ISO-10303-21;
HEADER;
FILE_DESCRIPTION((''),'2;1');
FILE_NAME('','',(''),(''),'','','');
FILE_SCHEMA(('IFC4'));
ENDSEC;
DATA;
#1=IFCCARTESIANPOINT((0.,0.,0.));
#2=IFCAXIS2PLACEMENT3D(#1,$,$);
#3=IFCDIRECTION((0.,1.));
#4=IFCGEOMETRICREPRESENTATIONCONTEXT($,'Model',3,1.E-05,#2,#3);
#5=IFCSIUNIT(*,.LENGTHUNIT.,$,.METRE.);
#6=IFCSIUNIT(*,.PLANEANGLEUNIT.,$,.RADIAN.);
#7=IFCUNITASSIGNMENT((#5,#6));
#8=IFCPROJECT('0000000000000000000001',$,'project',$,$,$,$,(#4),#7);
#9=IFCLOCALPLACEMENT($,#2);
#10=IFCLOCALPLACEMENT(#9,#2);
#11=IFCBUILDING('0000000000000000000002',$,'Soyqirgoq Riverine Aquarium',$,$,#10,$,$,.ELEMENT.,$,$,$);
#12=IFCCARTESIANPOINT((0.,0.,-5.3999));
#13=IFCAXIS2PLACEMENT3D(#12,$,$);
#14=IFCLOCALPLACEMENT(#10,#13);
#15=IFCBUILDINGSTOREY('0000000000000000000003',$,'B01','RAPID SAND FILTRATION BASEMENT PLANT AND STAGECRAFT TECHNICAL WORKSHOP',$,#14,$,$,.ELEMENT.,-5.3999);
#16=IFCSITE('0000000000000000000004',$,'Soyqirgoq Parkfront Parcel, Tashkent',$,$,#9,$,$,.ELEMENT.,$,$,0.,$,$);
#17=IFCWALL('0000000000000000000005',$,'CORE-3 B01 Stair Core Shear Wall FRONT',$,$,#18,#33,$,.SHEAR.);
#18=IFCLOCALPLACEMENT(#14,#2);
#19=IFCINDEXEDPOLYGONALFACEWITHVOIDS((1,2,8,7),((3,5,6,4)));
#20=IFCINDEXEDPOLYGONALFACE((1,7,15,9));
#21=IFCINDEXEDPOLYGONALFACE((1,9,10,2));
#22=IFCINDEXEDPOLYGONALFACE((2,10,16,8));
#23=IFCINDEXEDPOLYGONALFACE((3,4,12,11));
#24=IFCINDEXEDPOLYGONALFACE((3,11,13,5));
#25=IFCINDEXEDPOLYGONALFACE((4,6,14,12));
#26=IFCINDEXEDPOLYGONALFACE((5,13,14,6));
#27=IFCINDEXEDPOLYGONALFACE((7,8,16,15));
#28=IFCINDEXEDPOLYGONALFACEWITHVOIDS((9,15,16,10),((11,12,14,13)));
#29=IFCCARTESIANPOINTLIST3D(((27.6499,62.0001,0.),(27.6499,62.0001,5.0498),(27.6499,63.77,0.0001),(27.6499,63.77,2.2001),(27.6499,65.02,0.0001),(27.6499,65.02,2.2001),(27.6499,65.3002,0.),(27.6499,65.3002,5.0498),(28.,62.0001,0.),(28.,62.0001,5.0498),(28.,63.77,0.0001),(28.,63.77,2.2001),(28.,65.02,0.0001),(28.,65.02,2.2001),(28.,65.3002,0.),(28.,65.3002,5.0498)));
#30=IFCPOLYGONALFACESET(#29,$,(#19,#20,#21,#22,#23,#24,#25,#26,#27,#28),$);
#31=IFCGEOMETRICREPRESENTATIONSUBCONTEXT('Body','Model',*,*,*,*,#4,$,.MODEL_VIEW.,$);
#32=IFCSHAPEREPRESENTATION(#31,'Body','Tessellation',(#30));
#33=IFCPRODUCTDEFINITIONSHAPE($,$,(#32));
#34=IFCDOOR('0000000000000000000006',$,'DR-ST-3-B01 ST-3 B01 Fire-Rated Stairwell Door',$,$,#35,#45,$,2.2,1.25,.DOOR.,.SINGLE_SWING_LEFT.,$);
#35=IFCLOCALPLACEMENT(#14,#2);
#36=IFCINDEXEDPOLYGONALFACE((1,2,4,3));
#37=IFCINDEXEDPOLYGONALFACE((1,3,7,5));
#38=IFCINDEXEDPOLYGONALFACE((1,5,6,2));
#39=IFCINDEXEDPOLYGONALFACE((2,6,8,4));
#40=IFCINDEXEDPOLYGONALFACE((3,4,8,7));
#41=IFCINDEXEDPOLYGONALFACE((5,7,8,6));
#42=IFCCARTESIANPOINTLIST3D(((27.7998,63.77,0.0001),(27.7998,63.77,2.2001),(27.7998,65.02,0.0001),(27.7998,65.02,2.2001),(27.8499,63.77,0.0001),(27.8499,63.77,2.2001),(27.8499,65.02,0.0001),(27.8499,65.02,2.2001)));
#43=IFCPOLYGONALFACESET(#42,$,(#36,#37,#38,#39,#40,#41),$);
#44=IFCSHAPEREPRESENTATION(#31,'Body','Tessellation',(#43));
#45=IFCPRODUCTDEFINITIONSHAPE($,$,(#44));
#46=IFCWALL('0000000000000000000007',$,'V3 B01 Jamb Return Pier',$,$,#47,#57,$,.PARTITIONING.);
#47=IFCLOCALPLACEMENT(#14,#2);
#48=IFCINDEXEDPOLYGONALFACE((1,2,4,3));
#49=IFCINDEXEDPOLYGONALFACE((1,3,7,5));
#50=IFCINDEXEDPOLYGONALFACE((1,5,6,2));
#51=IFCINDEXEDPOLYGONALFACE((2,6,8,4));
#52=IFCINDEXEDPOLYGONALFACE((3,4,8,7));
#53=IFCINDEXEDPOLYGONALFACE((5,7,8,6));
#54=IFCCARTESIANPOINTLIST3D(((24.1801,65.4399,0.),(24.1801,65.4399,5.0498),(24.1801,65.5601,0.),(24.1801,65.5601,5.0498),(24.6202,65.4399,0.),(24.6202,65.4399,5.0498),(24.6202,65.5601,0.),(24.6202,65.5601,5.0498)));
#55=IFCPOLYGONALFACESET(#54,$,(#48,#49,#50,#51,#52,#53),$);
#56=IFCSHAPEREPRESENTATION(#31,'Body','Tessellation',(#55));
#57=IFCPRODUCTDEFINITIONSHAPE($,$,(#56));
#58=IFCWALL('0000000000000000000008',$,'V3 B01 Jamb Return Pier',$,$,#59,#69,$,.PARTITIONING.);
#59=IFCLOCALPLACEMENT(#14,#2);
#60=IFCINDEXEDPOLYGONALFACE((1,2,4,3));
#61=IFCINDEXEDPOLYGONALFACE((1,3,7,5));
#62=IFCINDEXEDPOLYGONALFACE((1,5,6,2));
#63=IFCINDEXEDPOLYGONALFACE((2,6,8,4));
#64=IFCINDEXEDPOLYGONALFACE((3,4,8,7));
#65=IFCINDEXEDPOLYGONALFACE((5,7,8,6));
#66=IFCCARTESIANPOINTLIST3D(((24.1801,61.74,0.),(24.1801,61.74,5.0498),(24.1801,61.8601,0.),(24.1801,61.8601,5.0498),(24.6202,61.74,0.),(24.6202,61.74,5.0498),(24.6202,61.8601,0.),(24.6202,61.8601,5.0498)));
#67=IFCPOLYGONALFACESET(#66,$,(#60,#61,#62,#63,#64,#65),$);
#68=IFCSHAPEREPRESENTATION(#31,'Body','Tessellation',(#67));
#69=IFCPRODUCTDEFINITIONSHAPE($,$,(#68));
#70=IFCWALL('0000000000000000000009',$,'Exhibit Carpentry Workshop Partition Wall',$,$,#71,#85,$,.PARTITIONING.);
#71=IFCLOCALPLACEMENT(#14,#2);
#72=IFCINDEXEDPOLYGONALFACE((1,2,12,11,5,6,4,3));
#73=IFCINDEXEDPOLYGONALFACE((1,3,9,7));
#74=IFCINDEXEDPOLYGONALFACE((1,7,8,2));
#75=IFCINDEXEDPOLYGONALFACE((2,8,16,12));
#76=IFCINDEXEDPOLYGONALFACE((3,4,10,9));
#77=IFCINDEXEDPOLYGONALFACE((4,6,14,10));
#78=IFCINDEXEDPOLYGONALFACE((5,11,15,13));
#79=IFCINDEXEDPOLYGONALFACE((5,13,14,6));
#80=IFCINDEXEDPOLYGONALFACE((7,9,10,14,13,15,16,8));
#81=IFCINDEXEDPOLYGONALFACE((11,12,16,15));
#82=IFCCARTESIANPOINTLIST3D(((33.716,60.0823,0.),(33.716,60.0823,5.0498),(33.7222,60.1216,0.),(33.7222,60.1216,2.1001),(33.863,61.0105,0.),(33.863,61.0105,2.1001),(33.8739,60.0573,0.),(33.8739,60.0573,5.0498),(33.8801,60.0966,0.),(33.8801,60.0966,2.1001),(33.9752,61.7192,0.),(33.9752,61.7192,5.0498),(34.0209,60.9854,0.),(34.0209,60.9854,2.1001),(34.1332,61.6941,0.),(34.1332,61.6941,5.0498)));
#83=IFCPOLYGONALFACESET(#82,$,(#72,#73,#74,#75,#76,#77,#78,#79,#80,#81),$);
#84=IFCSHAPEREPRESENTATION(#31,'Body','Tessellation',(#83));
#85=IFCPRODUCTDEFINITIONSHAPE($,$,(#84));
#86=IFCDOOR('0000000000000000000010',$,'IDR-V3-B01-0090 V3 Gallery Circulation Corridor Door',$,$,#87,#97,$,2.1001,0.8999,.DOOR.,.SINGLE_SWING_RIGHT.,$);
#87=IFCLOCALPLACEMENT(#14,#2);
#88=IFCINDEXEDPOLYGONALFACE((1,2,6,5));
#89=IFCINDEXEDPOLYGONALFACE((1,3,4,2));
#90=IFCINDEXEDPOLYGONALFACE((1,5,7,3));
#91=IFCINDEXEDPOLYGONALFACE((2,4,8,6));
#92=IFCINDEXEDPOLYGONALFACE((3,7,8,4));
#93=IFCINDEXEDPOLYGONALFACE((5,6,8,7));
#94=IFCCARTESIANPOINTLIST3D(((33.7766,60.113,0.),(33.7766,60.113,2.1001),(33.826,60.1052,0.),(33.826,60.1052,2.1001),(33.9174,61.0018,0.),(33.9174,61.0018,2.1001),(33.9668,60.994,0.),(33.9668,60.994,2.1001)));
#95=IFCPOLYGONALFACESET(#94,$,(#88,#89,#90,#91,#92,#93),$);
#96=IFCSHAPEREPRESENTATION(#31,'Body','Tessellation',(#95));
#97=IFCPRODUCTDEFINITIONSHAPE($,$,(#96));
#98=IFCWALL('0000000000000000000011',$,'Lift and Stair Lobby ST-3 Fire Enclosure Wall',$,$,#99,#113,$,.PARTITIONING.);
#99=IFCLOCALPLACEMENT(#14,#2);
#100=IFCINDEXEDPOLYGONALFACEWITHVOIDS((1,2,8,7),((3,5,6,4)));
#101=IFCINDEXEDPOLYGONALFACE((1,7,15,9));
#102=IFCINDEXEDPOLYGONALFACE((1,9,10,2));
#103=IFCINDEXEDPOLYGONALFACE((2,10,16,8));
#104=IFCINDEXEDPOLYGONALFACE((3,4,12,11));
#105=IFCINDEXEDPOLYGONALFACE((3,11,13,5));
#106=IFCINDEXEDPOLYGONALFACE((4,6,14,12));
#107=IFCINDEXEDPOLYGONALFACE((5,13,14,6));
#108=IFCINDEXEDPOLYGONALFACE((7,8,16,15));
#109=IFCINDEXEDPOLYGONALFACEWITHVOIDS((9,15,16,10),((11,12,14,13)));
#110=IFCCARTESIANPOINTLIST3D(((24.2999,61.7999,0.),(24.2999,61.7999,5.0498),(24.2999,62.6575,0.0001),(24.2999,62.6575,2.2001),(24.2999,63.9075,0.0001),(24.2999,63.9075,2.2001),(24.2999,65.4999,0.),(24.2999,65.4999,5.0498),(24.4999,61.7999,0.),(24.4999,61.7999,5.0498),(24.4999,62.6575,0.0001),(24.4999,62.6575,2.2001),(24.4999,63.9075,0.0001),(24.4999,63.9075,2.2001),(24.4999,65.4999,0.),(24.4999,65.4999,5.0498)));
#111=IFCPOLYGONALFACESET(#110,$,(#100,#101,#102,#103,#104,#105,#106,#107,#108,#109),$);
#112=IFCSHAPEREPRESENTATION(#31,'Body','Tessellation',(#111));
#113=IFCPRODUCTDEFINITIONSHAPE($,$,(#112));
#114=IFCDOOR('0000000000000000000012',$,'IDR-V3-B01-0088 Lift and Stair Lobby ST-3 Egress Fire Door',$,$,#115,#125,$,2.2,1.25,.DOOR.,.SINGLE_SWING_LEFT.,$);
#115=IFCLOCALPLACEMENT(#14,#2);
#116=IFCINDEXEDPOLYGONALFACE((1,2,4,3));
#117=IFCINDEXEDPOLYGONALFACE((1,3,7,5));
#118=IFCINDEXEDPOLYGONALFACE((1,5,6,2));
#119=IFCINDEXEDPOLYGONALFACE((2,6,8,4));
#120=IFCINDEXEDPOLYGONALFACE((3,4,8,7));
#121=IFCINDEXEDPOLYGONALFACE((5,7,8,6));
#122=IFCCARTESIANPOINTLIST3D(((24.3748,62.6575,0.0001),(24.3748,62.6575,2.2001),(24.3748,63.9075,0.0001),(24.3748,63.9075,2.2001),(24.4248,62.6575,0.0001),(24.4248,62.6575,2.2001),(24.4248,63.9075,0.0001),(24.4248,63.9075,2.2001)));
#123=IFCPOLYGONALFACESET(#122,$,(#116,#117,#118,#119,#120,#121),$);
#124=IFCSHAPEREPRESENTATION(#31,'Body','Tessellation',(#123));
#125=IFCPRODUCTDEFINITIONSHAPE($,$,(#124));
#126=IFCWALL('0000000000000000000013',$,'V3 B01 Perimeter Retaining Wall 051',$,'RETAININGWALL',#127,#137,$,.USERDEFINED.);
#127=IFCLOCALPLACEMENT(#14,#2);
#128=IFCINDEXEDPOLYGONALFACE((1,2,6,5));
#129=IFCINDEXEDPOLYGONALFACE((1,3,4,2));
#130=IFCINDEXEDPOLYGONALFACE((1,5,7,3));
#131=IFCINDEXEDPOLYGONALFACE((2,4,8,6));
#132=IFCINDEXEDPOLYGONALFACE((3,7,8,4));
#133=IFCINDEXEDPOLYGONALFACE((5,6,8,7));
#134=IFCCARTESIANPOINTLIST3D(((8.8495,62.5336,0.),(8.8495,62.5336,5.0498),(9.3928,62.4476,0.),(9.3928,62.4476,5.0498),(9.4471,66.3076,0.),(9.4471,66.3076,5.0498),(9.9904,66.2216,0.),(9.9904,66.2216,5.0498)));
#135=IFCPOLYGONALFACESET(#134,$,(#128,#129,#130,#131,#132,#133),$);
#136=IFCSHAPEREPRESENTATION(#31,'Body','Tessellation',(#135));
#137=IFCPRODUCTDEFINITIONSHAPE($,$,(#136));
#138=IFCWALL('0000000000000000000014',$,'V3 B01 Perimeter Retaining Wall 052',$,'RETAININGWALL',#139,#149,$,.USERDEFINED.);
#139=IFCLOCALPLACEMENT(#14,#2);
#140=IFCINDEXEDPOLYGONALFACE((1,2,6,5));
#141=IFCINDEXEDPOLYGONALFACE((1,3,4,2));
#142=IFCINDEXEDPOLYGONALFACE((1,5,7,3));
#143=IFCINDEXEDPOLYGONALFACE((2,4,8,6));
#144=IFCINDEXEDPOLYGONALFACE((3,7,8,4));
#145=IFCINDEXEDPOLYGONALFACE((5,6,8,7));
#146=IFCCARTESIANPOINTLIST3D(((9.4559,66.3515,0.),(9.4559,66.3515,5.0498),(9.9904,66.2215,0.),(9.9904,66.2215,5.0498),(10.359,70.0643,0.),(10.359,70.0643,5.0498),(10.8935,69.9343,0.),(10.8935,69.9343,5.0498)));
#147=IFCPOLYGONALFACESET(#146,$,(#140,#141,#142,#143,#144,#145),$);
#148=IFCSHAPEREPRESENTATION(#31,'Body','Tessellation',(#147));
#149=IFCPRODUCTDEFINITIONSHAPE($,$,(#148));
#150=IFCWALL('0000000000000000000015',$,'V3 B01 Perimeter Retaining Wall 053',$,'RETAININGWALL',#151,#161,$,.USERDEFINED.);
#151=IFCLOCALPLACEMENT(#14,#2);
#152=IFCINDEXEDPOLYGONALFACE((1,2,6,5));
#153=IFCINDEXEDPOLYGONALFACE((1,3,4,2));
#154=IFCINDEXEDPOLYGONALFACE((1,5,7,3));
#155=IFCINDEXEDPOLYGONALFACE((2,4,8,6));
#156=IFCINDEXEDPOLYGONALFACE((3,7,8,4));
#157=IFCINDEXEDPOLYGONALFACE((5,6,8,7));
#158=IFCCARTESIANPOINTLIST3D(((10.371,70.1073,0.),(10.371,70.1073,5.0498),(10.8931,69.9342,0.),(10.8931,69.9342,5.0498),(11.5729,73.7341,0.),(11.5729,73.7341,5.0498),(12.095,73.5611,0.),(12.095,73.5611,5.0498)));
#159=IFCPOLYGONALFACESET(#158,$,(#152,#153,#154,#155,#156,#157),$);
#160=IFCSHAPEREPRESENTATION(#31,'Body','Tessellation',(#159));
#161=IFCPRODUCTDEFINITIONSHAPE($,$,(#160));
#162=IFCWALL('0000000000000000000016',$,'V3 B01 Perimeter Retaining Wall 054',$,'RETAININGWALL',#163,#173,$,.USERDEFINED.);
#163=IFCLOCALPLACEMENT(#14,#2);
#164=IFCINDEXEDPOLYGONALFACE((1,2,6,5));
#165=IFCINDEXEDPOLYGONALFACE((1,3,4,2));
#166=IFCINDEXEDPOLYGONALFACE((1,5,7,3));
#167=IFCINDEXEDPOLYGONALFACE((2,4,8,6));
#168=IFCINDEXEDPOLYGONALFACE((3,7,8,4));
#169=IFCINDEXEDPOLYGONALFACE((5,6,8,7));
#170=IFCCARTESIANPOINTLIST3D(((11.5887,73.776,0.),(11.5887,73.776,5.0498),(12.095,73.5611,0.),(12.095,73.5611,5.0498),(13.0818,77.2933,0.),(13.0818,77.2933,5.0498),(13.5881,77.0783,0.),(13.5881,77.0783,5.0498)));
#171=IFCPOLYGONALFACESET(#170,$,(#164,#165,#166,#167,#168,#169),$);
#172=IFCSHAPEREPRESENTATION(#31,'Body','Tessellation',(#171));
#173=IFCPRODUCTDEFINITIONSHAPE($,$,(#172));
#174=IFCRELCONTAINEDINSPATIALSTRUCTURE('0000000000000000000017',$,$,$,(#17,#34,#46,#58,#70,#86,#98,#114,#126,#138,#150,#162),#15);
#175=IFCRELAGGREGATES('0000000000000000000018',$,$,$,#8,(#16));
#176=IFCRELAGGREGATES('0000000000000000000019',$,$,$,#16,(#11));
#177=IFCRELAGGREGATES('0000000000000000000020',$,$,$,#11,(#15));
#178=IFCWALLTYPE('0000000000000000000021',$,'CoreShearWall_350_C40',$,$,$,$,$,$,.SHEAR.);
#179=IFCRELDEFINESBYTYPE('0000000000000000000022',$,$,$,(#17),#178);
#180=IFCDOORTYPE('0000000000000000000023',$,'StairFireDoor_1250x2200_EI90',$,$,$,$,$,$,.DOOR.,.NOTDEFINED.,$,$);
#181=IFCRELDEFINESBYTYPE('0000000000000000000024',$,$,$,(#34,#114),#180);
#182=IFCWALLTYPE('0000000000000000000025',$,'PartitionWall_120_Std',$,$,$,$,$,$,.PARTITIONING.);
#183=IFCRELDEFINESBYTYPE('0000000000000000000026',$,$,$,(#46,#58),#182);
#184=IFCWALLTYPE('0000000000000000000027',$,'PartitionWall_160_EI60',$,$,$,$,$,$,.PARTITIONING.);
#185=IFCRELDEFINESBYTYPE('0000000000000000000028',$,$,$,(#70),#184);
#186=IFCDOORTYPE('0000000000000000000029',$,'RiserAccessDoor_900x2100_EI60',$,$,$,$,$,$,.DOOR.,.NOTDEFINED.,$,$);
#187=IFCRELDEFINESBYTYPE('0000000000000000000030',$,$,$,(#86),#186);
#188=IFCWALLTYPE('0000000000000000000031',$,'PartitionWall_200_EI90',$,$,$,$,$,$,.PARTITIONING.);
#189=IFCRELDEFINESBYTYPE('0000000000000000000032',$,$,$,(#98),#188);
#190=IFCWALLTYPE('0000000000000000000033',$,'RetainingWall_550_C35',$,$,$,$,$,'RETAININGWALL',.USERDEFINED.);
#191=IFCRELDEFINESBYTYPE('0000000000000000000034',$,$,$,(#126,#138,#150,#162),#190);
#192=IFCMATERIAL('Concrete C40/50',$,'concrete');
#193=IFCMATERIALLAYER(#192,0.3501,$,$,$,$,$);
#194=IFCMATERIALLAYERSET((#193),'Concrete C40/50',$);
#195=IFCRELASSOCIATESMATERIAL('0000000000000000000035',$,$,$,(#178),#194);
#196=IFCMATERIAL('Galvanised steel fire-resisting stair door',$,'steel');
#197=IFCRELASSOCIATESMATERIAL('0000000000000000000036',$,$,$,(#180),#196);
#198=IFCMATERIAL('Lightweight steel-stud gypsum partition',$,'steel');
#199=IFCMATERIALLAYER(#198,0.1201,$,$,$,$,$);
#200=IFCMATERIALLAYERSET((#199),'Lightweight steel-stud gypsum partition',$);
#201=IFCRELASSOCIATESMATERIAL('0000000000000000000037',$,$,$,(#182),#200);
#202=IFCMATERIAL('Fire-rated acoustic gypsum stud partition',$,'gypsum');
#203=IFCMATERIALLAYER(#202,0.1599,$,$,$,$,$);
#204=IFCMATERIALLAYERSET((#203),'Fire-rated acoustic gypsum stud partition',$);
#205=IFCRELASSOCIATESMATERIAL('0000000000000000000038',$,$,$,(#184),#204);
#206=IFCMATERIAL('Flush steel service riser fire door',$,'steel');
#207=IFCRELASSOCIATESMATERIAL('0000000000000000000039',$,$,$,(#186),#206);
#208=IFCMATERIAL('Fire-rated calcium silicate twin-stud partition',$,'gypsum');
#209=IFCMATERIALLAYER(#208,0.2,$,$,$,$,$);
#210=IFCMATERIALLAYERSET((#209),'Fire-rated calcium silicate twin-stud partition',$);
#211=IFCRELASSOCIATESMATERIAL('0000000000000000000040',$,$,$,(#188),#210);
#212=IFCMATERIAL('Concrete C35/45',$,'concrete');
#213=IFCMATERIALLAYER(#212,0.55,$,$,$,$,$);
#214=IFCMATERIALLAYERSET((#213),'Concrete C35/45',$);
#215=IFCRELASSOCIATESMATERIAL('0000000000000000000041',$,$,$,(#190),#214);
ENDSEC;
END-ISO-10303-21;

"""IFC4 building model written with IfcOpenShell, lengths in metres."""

from ifc_helpers import new_model, si_unit, direction, frame, frame_2d, origin, place, context, subcontext, project, spatial, rectangle, extrude, material, layer, layer_set, type_object, element, fill, save


model = new_model("IFC4")

# Units and contexts
model_context = context("Model", 3, precision=1e-05, world=origin(), true_north=direction((0.0, 1.0)))
body_context = subcontext(model_context, "Body", "Model", "MODEL_VIEW")
ifc_project = project(units=[si_unit("LENGTHUNIT", "METRE"), si_unit("PLANEANGLEUNIT", "RADIAN")], contexts=[model_context])

# Site, building, storey
site_placement = place(None, origin())
site = spatial("IfcSite", under=ifc_project, at=site_placement, Name="Soyqirgoq Parkfront Parcel, Tashkent", CompositionType="ELEMENT", RefElevation=0.0)
building_placement = place(site_placement, origin())
building = spatial("IfcBuilding", under=site, at=building_placement, Name="Soyqirgoq Riverine Aquarium", CompositionType="ELEMENT")
storey_placement = place(building_placement, frame((0.0, 0.0, -5.3999)))
storey = spatial("IfcBuildingStorey", under=building, at=storey_placement, Name="B01", Description="RAPID SAND FILTRATION BASEMENT PLANT AND STAGECRAFT TECHNICAL WORKSHOP", CompositionType="ELEMENT", Elevation=-5.3999)

# Shared definitions
ifc_material_1 = material(Name="Concrete C40/50", Category="concrete")
ifc_layer_1 = layer(ifc_material_1, 0.3501)
ifc_layer_set_1 = layer_set([ifc_layer_1], Name="Concrete C40/50")
wall_type_1 = type_object("IfcWallType", Name="CoreShearWall_350_C40", PredefinedType="SHEAR", material=ifc_layer_set_1)

# Wall, opening, door
wall_1_placement = place(storey_placement, frame((27.825, 65.3, 0.0), z_axis=(0.0, 0.0, 1.0), x_axis=(0.0, -1.0, 0.0)))
wall_1 = element("IfcWall", 1, at=wall_1_placement, inside=storey, type_object=wall_type_1, Name="CORE-3 B01 Stair Core Shear Wall FRONT", PredefinedType="SHEAR", context=body_context, shape_type="SweptSolid", body=[
    extrude(rectangle(XDim=3.3, YDim=0.3501, at=frame_2d((1.6499, 0.0))), origin(), (0.0, 0.0, 1.0), 5.0498),
])
opening_1_placement = place(wall_1_placement, frame((0.28, 0.0, 0.0)))
opening_1 = element("IfcOpeningElement", 2, at=opening_1_placement, cuts=wall_1, PredefinedType="OPENING", context=body_context, shape_type="SweptSolid", body=[
    extrude(rectangle(XDim=1.25, YDim=2.2, at=frame_2d((0.625, 1.1001))), frame((0.0, 0.1851, 0.0), z_axis=(0.0, -1.0, 0.0), x_axis=(1.0, 0.0, 0.0)), (0.0, 0.0, 1.0), 0.3701),
])
ifc_material_2 = material(Name="Galvanised steel fire-resisting stair door", Category="steel")
door_type_1 = type_object("IfcDoorType", Name="StairFireDoor_1250x2200_EI90", OperationType="NOTDEFINED", PredefinedType="DOOR", material=ifc_material_2)
door_1_placement = place(opening_1_placement, origin())
door_1 = element("IfcDoor", 3, at=door_1_placement, inside=storey, type_object=door_type_1, Name="DR-ST-3-B01 ST-3 B01 Fire-Rated Stairwell Door", OperationType="SINGLE_SWING_LEFT", OverallHeight=2.2, OverallWidth=1.25, PredefinedType="DOOR", context=body_context, shape_type="SweptSolid", body=[
    extrude(rectangle(XDim=1.25, YDim=2.2, at=frame_2d((0.625, 1.1001))), frame((0.0, 0.0249, 0.0), z_axis=(0.0, -1.0, 0.0), x_axis=(1.0, 0.0, 0.0)), (0.0, 0.0, 1.0), 0.05),
])
fill(opening_1, door_1)

# Walls
ifc_material_3 = material(Name="Lightweight steel-stud gypsum partition", Category="steel")
ifc_layer_2 = layer(ifc_material_3, 0.1201)
ifc_layer_set_2 = layer_set([ifc_layer_2], Name="Lightweight steel-stud gypsum partition")
wall_type_2 = type_object("IfcWallType", Name="PartitionWall_120_Std", PredefinedType="PARTITIONING", material=ifc_layer_set_2)
for number, where, z_axis, x_axis, name in (
    (4, (24.1799, 65.5, 0.0), (0.0, 0.0, 1.0), (1.0, 0.0, 0.0), "V3 B01 Jamb Return Pier"),
    (5, (24.1799, 61.8, 0.0), (0.0, 0.0, 1.0), (1.0, 0.0, 0.0), "V3 B01 Jamb Return Pier"),
):
    element("IfcWall", number, at=place(storey_placement, frame(where, z_axis=z_axis, x_axis=x_axis)), inside=storey, type_object=wall_type_2, Name=name, PredefinedType="PARTITIONING", context=body_context, shape_type="SweptSolid", body=[
        extrude(rectangle(XDim=0.4402, YDim=0.1201, at=frame_2d((0.2202, 0.0))), origin(), (0.0, 0.0, 1.0), 5.0498),
    ])

# Walls, openings, doors
ifc_material_4 = material(Name="Fire-rated acoustic gypsum stud partition", Category="gypsum")
ifc_layer_3 = layer(ifc_material_4, 0.1599)
ifc_layer_set_3 = layer_set([ifc_layer_3], Name="Fire-rated acoustic gypsum stud partition")
wall_type_3 = type_object("IfcWallType", Name="PartitionWall_160_EI60", PredefinedType="PARTITIONING", material=ifc_layer_set_3)
wall_2_placement = place(storey_placement, frame((33.7949, 60.0698, 0.0), z_axis=(0.0, 0.0, 1.0), x_axis=(0.156462, 0.987684, 0.0)))
wall_2 = element("IfcWall", 6, at=wall_2_placement, inside=storey, type_object=wall_type_3, Name="Exhibit Carpentry Workshop Partition Wall", PredefinedType="PARTITIONING", context=body_context, shape_type="SweptSolid", body=[
    extrude(rectangle(XDim=1.6572, YDim=0.1599, at=frame_2d((0.8286, 0.0))), origin(), (0.0, 0.0, 1.0), 5.0498),
])
opening_2_placement = place(wall_2_placement, frame((0.0398, 0.0, 0.0)))
opening_2 = element("IfcOpeningElement", 7, at=opening_2_placement, cuts=wall_2, PredefinedType="OPENING", context=body_context, shape_type="SweptSolid", body=[
    extrude(rectangle(XDim=0.8999, YDim=2.1001, at=frame_2d((0.45, 1.05))), frame((0.0, 0.0898, 0.0), z_axis=(0.0, -1.0, 0.0), x_axis=(1.0, 0.0, 0.0)), (0.0, 0.0, 1.0), 0.1799),
])
ifc_material_5 = material(Name="Flush steel service riser fire door", Category="steel")
door_type_2 = type_object("IfcDoorType", Name="RiserAccessDoor_900x2100_EI60", OperationType="NOTDEFINED", PredefinedType="DOOR", material=ifc_material_5)
door_2_placement = place(opening_2_placement, origin())
door_2 = element("IfcDoor", 8, at=door_2_placement, inside=storey, type_object=door_type_2, Name="IDR-V3-B01-0090 V3 Gallery Circulation Corridor Door", OperationType="SINGLE_SWING_RIGHT", OverallHeight=2.1001, OverallWidth=0.8999, PredefinedType="DOOR", context=body_context, shape_type="SweptSolid", body=[
    extrude(rectangle(XDim=0.8999, YDim=2.1001, at=frame_2d((0.45, 1.05))), frame((0.0, 0.0249, 0.0), z_axis=(0.0, -1.0, 0.0), x_axis=(1.0, 0.0, 0.0)), (0.0, 0.0, 1.0), 0.05),
])
fill(opening_2, door_2)
ifc_material_6 = material(Name="Fire-rated calcium silicate twin-stud partition", Category="gypsum")
ifc_layer_4 = layer(ifc_material_6, 0.2)
ifc_layer_set_4 = layer_set([ifc_layer_4], Name="Fire-rated calcium silicate twin-stud partition")
wall_type_4 = type_object("IfcWallType", Name="PartitionWall_200_EI90", PredefinedType="PARTITIONING", material=ifc_layer_set_4)
wall_3_placement = place(storey_placement, frame((24.3999, 65.5, 0.0), z_axis=(0.0, 0.0, 1.0), x_axis=(0.0, -1.0, 0.0)))
wall_3 = element("IfcWall", 9, at=wall_3_placement, inside=storey, type_object=wall_type_4, Name="Lift and Stair Lobby ST-3 Fire Enclosure Wall", PredefinedType="PARTITIONING", context=body_context, shape_type="SweptSolid", body=[
    extrude(rectangle(XDim=3.7, YDim=0.2, at=frame_2d((1.8501, 0.0))), origin(), (0.0, 0.0, 1.0), 5.0498),
])
opening_3_placement = place(wall_3_placement, frame((1.5925, 0.0, 0.0)))
opening_3 = element("IfcOpeningElement", 10, at=opening_3_placement, cuts=wall_3, PredefinedType="OPENING", context=body_context, shape_type="SweptSolid", body=[
    extrude(rectangle(XDim=1.25, YDim=2.2, at=frame_2d((0.625, 1.1001))), frame((0.0, 0.1099, 0.0), z_axis=(0.0, -1.0, 0.0), x_axis=(1.0, 0.0, 0.0)), (0.0, 0.0, 1.0), 0.22),
])
door_3_placement = place(opening_3_placement, origin())
door_3 = element("IfcDoor", 11, at=door_3_placement, inside=storey, type_object=door_type_1, Name="IDR-V3-B01-0088 Lift and Stair Lobby ST-3 Egress Fire Door", OperationType="SINGLE_SWING_LEFT", OverallHeight=2.2, OverallWidth=1.25, PredefinedType="DOOR", context=body_context, shape_type="SweptSolid", body=[
    extrude(rectangle(XDim=1.25, YDim=2.2, at=frame_2d((0.625, 1.1001))), frame((0.0, 0.0249, 0.0), z_axis=(0.0, -1.0, 0.0), x_axis=(1.0, 0.0, 0.0)), (0.0, 0.0, 1.0), 0.05),
])
fill(opening_3, door_3)

# Walls
ifc_material_7 = material(Name="Concrete C35/45", Category="concrete")
ifc_layer_5 = layer(ifc_material_7, 0.55)
ifc_layer_set_5 = layer_set([ifc_layer_5], Name="Concrete C35/45")
wall_type_5 = type_object("IfcWallType", Name="RetainingWall_550_C35", ElementType="RETAININGWALL", PredefinedType="USERDEFINED", material=ifc_layer_set_5)
for number, where, z_axis, x_axis, name in (
    (12, (9.1211, 62.4905, 0.0), (0.0, 0.0, 1.0), (0.156415, 0.987691, 0.0), "V3 B01 Perimeter Retaining Wall 051"),
    (13, (9.7231, 66.2864, 0.0), (0.0, 0.0, 1.0), (0.236337, 0.971671, 0.0), "V3 B01 Perimeter Retaining Wall 052"),
):
    element("IfcWall", number, at=place(storey_placement, frame(where, z_axis=z_axis, x_axis=x_axis)), inside=storey, type_object=wall_type_5, Name=name, ObjectType="RETAININGWALL", PredefinedType="USERDEFINED", context=body_context, shape_type="SweptSolid", body=[
        extrude(rectangle(XDim=3.821, YDim=0.55, at=frame_2d((1.9106, 0.0))), origin(), (0.0, 0.0, 1.0), 5.0498),
    ])
wall_4_placement = place(storey_placement, frame((10.6321, 70.0208, 0.0), z_axis=(0.0, 0.0, 1.0), x_axis=(0.31456, 0.949238, 0.0)))
element("IfcWall", 14, at=wall_4_placement, inside=storey, type_object=wall_type_5, Name="V3 B01 Perimeter Retaining Wall 053", ObjectType="RETAININGWALL", PredefinedType="USERDEFINED", context=body_context, shape_type="SweptSolid", body=[
    extrude(rectangle(XDim=3.8208, YDim=0.55, at=frame_2d((1.9104, 0.0))), origin(), (0.0, 0.0, 1.0), 5.0498),
])
wall_5_placement = place(storey_placement, frame((11.8418, 73.6685, 0.0), z_axis=(0.0, 0.0, 1.0), x_axis=(0.390763, 0.920491, 0.0)))
element("IfcWall", 15, at=wall_5_placement, inside=storey, type_object=wall_type_5, Name="V3 B01 Perimeter Retaining Wall 054", ObjectType="RETAININGWALL", PredefinedType="USERDEFINED", context=body_context, shape_type="SweptSolid", body=[
    extrude(rectangle(XDim=3.821, YDim=0.55, at=frame_2d((1.9106, 0.0))), origin(), (0.0, 0.0, 1.0), 5.0498),
])

save(model, "model.ifc")
